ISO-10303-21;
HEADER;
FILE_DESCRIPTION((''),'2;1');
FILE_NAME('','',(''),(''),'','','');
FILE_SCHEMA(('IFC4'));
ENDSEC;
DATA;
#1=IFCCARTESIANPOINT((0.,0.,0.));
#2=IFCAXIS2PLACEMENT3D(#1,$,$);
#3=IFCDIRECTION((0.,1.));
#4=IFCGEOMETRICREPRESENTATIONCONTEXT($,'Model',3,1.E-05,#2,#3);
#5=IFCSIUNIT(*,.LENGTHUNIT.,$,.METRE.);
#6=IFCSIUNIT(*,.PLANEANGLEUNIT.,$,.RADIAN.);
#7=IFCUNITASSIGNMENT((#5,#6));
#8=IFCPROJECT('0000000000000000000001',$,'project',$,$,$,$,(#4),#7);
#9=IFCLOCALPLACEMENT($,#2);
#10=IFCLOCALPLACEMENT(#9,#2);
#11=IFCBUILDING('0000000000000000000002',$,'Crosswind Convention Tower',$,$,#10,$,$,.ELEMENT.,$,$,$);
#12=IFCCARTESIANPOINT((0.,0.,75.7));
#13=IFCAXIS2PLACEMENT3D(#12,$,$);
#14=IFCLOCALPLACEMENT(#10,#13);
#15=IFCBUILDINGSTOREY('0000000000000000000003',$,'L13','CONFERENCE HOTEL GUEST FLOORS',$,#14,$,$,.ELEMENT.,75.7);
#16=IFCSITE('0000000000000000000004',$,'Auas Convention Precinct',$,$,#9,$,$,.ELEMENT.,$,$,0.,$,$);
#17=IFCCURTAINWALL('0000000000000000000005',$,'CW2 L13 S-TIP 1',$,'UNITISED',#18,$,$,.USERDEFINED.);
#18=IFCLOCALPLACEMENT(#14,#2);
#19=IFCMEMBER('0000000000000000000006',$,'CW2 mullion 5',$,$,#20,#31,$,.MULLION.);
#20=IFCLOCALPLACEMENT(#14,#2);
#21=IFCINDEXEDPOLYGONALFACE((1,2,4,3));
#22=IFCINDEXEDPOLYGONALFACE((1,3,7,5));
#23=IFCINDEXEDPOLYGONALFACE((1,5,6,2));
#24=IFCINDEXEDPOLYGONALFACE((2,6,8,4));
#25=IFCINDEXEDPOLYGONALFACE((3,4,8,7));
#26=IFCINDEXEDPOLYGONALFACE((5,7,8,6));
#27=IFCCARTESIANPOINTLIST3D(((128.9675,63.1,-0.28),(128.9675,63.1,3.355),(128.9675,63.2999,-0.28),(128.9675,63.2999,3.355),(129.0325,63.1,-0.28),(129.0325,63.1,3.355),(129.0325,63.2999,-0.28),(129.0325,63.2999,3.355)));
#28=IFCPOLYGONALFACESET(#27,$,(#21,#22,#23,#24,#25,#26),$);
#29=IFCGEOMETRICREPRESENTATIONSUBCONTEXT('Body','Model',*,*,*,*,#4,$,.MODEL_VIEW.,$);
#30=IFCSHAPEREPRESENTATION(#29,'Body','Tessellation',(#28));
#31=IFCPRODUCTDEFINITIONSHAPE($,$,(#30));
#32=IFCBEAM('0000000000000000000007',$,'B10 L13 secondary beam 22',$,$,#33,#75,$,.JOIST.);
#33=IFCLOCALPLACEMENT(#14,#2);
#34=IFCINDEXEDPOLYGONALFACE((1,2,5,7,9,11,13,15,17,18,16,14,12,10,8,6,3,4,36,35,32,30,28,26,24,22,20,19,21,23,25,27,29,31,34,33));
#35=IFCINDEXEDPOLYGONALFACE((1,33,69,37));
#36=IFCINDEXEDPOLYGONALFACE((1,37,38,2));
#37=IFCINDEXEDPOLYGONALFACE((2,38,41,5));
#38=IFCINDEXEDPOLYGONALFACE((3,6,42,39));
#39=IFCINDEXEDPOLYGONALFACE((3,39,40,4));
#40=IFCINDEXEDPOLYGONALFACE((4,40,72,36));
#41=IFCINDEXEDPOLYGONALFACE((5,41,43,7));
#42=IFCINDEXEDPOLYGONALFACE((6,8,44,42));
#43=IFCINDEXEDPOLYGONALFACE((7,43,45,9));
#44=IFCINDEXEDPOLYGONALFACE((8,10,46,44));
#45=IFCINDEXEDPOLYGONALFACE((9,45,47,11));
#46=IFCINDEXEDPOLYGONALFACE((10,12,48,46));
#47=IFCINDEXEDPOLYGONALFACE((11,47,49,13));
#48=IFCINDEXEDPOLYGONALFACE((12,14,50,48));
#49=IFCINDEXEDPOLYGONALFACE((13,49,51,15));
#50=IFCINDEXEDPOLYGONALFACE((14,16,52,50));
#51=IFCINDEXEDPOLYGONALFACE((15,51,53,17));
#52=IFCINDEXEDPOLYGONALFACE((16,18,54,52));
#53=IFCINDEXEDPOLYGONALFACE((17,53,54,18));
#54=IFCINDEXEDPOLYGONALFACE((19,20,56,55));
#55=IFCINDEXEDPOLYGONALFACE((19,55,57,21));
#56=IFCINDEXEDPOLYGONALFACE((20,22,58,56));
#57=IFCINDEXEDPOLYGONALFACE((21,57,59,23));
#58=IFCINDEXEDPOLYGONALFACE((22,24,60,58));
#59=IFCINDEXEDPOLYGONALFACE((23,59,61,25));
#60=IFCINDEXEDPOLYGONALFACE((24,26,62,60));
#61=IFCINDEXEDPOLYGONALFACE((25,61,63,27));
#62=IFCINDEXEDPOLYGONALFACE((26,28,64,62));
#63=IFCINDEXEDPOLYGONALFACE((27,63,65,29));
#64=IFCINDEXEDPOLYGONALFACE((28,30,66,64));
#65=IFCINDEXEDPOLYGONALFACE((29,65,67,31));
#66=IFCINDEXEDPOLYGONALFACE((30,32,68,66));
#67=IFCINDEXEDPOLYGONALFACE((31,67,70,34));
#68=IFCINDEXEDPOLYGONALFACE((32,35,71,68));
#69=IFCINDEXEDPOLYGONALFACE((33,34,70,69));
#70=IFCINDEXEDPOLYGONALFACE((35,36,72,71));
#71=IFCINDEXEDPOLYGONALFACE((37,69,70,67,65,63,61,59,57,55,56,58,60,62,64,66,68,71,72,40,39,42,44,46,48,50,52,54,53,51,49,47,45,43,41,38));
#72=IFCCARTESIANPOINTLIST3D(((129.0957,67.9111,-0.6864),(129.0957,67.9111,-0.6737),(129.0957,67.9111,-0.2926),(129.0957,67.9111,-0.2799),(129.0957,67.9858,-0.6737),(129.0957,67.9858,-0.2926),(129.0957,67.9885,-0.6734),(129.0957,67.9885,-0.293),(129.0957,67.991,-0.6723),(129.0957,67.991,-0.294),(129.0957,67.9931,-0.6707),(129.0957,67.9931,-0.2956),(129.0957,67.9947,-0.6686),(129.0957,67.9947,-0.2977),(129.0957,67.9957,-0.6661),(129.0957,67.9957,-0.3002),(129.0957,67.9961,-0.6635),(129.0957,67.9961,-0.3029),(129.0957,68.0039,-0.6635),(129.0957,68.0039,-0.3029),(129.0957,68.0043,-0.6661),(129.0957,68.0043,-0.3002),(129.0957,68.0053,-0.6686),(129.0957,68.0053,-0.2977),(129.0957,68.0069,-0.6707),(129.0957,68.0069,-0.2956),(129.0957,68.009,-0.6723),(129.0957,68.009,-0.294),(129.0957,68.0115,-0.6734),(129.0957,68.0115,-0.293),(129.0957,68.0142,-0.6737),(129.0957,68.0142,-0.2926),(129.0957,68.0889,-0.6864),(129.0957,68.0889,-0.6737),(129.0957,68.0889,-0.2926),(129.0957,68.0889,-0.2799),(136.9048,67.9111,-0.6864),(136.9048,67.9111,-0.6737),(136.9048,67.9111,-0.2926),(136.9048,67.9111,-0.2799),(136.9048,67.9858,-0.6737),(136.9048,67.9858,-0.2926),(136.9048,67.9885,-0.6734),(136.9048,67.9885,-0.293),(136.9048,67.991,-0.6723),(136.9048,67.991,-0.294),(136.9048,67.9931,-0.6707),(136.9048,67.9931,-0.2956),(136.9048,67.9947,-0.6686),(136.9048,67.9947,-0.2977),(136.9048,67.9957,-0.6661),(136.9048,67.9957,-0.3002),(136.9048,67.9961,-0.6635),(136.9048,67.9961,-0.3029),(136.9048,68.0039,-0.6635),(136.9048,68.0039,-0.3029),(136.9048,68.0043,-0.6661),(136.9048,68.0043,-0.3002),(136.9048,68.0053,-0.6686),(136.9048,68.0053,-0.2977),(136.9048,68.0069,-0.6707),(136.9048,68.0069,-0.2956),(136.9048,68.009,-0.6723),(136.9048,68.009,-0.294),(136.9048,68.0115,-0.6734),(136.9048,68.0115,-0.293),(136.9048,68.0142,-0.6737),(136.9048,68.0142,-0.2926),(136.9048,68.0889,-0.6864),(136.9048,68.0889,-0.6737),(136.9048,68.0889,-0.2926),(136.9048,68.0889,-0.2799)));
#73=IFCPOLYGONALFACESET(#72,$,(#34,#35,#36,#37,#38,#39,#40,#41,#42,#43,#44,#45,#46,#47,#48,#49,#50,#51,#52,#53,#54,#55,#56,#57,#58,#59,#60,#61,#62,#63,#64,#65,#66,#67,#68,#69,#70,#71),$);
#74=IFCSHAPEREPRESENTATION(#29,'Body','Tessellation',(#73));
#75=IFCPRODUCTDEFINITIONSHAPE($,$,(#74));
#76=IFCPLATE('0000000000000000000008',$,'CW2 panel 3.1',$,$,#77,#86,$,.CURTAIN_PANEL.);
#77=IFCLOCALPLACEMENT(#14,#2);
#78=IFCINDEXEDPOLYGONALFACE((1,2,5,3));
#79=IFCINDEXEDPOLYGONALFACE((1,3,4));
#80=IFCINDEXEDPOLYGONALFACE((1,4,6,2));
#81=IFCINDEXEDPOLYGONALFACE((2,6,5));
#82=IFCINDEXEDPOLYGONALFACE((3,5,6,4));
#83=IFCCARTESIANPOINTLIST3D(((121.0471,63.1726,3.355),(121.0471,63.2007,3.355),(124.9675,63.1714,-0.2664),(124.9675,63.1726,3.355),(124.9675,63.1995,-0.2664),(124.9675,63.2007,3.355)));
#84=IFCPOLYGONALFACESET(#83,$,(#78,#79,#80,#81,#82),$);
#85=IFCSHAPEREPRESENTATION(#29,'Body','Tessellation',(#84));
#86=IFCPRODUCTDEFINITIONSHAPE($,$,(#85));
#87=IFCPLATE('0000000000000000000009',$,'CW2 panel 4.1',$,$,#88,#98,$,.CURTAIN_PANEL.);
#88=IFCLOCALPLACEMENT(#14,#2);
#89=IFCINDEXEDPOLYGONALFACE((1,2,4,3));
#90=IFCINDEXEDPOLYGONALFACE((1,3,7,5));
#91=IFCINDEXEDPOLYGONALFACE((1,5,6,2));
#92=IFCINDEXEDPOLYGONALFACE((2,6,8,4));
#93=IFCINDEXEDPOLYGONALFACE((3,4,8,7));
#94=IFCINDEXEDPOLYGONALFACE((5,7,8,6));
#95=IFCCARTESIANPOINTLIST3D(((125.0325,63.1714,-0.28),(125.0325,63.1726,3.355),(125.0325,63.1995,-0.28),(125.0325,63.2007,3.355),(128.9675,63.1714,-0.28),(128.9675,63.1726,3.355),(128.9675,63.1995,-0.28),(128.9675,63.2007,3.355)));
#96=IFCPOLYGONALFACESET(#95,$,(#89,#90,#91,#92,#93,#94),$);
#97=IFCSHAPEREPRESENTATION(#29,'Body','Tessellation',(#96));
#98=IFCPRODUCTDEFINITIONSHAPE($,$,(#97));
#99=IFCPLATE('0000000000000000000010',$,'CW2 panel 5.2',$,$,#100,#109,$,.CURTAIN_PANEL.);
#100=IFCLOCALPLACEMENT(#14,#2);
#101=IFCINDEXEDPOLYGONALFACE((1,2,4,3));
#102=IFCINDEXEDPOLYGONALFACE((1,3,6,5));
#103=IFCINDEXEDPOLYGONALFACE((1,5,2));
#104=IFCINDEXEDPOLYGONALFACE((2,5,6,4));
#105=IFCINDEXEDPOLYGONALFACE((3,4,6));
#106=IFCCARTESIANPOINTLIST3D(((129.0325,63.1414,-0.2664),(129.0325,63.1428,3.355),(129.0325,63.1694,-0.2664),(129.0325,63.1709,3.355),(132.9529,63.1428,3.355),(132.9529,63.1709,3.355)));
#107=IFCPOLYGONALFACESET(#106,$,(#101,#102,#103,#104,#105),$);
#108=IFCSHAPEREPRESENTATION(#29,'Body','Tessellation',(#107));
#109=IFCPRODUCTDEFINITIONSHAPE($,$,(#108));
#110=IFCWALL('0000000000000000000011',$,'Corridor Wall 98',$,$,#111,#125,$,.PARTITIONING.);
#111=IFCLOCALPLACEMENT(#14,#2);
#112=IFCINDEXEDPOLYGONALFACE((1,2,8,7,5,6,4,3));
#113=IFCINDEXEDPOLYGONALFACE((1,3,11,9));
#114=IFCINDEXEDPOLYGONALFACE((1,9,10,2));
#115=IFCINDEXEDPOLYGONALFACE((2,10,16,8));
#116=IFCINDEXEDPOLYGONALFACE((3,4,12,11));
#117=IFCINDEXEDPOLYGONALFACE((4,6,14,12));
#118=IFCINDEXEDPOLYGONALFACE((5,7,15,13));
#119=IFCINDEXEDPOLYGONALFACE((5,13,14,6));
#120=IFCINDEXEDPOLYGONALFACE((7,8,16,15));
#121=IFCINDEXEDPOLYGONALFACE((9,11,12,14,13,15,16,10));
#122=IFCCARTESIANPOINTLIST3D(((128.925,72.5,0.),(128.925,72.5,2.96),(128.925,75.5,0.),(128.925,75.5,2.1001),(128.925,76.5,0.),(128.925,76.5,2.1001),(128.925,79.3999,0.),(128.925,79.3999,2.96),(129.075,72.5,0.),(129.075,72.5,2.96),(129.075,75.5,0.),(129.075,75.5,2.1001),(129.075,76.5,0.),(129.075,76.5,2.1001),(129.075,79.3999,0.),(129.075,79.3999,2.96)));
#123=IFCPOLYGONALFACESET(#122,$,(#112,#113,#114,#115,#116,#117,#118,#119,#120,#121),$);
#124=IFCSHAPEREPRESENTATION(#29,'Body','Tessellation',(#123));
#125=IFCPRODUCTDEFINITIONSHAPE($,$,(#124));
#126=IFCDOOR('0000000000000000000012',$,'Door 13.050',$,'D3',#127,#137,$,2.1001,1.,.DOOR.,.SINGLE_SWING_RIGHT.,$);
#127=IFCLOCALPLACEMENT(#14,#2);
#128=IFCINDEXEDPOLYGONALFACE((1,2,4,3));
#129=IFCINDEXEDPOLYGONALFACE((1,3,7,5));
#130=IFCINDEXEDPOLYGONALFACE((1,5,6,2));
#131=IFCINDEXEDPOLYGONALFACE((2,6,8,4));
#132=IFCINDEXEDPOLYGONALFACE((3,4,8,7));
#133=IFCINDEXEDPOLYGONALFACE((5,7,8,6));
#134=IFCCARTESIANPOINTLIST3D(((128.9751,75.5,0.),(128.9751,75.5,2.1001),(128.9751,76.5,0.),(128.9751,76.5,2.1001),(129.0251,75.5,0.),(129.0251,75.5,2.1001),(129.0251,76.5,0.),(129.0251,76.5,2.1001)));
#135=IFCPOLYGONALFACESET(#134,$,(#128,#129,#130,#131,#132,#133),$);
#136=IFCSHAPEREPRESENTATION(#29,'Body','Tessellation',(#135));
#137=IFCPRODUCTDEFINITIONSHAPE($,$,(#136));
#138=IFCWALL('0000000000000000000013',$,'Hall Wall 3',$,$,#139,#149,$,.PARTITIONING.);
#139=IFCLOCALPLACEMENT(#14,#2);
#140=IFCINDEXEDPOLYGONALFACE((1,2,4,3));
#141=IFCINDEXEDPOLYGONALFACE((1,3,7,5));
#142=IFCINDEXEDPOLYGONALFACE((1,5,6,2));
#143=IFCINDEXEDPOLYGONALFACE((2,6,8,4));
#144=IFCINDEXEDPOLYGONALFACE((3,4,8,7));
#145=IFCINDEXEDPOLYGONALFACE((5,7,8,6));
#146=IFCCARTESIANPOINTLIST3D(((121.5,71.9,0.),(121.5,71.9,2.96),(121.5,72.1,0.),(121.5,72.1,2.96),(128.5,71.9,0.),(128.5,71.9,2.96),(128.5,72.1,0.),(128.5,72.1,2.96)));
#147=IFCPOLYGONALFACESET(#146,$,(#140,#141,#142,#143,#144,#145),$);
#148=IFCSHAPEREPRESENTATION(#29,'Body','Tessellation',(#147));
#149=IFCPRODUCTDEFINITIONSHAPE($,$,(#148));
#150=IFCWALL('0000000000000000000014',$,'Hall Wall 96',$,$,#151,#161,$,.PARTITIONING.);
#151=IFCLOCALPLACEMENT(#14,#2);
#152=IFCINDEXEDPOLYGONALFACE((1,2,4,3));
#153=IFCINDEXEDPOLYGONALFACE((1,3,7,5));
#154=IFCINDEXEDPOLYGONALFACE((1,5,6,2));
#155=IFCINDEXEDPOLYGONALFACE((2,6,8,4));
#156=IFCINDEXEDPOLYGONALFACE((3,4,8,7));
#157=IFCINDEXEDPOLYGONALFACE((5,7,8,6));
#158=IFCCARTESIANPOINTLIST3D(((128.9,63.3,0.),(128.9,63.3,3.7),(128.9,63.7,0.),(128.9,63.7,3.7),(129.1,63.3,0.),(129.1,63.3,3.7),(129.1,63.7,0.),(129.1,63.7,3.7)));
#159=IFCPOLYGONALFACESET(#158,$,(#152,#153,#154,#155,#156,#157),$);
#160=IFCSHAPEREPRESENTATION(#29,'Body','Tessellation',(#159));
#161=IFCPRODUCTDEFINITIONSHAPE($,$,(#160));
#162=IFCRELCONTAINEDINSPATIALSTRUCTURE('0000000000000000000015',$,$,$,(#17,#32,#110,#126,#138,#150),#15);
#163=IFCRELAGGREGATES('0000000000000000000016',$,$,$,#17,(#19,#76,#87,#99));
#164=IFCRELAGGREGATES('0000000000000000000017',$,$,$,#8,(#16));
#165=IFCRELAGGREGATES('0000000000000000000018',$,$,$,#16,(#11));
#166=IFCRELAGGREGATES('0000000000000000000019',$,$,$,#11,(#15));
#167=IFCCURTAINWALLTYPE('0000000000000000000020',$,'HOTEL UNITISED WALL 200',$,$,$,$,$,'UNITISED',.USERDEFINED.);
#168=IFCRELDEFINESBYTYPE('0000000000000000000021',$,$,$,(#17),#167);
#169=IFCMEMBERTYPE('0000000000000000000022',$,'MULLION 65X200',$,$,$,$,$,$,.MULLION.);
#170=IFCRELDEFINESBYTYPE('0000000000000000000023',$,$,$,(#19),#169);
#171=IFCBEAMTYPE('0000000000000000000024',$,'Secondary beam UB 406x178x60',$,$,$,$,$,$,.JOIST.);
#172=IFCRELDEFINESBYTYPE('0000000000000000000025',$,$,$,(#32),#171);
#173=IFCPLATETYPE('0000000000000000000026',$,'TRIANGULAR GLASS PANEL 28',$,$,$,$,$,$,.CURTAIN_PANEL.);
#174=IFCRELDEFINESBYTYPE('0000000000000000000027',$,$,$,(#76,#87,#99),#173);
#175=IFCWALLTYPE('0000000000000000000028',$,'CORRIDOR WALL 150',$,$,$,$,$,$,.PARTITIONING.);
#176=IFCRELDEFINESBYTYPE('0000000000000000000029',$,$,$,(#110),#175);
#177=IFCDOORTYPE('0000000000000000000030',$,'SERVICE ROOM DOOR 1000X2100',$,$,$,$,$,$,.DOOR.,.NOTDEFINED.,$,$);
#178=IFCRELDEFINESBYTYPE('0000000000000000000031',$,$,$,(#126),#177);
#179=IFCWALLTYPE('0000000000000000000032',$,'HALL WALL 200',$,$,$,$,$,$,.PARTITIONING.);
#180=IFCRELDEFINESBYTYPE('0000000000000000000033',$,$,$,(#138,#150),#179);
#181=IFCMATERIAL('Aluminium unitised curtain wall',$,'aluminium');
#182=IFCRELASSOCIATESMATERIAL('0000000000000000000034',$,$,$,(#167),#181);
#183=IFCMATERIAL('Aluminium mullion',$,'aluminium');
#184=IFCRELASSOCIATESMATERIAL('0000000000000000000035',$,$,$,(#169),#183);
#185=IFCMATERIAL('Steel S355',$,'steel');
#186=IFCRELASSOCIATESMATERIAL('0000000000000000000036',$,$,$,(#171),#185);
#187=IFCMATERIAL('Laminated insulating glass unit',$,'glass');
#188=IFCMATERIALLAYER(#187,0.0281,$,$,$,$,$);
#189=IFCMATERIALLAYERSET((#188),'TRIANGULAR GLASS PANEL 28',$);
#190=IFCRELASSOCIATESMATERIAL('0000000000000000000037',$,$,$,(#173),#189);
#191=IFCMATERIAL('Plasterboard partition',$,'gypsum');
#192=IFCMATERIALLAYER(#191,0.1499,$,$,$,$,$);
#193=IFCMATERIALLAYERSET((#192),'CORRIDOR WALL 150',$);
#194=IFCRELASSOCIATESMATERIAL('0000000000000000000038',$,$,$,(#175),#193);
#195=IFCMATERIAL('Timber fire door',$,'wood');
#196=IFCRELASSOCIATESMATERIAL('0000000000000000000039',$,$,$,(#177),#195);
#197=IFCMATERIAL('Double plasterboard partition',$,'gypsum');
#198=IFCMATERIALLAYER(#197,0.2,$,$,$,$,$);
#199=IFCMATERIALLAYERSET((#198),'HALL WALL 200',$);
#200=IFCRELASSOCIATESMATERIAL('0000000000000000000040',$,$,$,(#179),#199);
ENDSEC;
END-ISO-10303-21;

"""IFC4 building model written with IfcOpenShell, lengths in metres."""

from ifc_helpers import new_model, si_unit, direction, frame, frame_2d, origin, origin_2d, place, context, subcontext, project, spatial, polyline, rectangle, i_section, outline, extrude, material, layer, layer_set, material_profile, profile_set, type_object, element, fill, aggregate, save


model = new_model("IFC4")

# Units and contexts
model_context = context("Model", 3, precision=1e-05, world=origin(), true_north=direction((0.0, 1.0)))
body_context = subcontext(model_context, "Body", "Model", "MODEL_VIEW")
ifc_project = project(units=[si_unit("LENGTHUNIT", "METRE"), si_unit("PLANEANGLEUNIT", "RADIAN")], contexts=[model_context])

# Site, building, storey
site_placement = place(None, origin())
site = spatial("IfcSite", under=ifc_project, at=site_placement, Name="Auas Convention Precinct", CompositionType="ELEMENT", RefElevation=0.0)
building_placement = place(site_placement, origin())
building = spatial("IfcBuilding", under=site, at=building_placement, Name="Crosswind Convention Tower", CompositionType="ELEMENT")
storey_placement = place(building_placement, frame((0.0, 0.0, 75.7)))
storey = spatial("IfcBuildingStorey", under=building, at=storey_placement, Name="L13", Description="CONFERENCE HOTEL GUEST FLOORS", CompositionType="ELEMENT", Elevation=75.7)

# Shared definitions
ifc_material_1 = material(Name="Steel S355", Category="steel")

# Curtain wall, member
ifc_material_2 = material(Name="Aluminium unitised curtain wall", Category="aluminium")
curtain_wall_type = type_object("IfcCurtainWallType", Name="HOTEL UNITISED WALL 200", ElementType="UNITISED", PredefinedType="USERDEFINED", material=ifc_material_2)
curtain_wall_placement = place(storey_placement, origin())
curtain_wall = element("IfcCurtainWall", 1, at=curtain_wall_placement, inside=storey, type_object=curtain_wall_type, Name="CW2 L13 S-TIP 1", ObjectType="UNITISED", PredefinedType="USERDEFINED")
ifc_material_3 = material(Name="Aluminium mullion", Category="aluminium")
ifc_material_profile_1 = material_profile(ifc_material_3, rectangle(XDim=0.2, YDim=0.0649, at=origin_2d()), Name="AL 200X65")
ifc_profile_set_1 = profile_set([ifc_material_profile_1], Name="Aluminium mullion")
member_type = type_object("IfcMemberType", Name="MULLION 65X200", PredefinedType="MULLION", material=ifc_profile_set_1)
member_1_placement = place(storey_placement, frame((129.0, 63.2, -0.28), z_axis=(0.0, 0.0, 1.0), x_axis=(0.0, -1.0, 0.0)))
member_1 = element("IfcMember", 2, at=member_1_placement, type_object=member_type, Name="CW2 mullion 5", PredefinedType="MULLION", context=body_context, shape_type="SweptSolid", body=[
    extrude(rectangle(XDim=0.2, YDim=0.0649, at=origin_2d()), origin(), (0.0, 0.0, 1.0), 3.635),
])

# Beam
ifc_material_profile_2 = material_profile(ifc_material_1, i_section(OverallWidth=0.1777, OverallDepth=0.4065, WebThickness=0.0078, FlangeThickness=0.0127, FilletRadius=0.0103, at=origin_2d()), Name="UB 406x178x60")
ifc_profile_set_2 = profile_set([ifc_material_profile_2], Name="Steel S355")
beam_type_1 = type_object("IfcBeamType", Name="Secondary beam UB 406x178x60", PredefinedType="JOIST", material=ifc_profile_set_2)
beam_1_placement = place(storey_placement, frame((129.0957, 68.0, -0.4832), z_axis=(1.0, 0.0, 0.0), x_axis=(0.0, 1.0, 0.0)))
element("IfcBeam", 3, at=beam_1_placement, inside=storey, type_object=beam_type_1, Name="B10 L13 secondary beam 22", PredefinedType="JOIST", context=body_context, shape_type="SweptSolid", body=[
    extrude(i_section(OverallWidth=0.1777, OverallDepth=0.4065, WebThickness=0.0078, FlangeThickness=0.0127, FilletRadius=0.0103, at=origin_2d()), origin(), (0.0, 0.0, 1.0), 7.8091),
])

# Plates
ifc_material_4 = material(Name="Laminated insulating glass unit", Category="glass")
ifc_layer_1 = layer(ifc_material_4, 0.0281)
ifc_layer_set_1 = layer_set([ifc_layer_1], Name="TRIANGULAR GLASS PANEL 28")
plate_type = type_object("IfcPlateType", Name="TRIANGULAR GLASS PANEL 28", PredefinedType="CURTAIN_PANEL", material=ifc_layer_set_1)
plate_1_placement = place(storey_placement, frame((124.9675, 63.1726, 3.355), z_axis=(0.0, -1.0, 0.000337), x_axis=(-1.0, 0.0, 0.0)))
plate_1 = element("IfcPlate", 4, at=plate_1_placement, type_object=plate_type, Name="CW2 panel 3.1", PredefinedType="CURTAIN_PANEL", context=body_context, shape_type="SweptSolid", body=[
    extrude(outline(polyline([(0.0, 0.0), (3.9204, 0.0), (0.0, 3.6213), (0.0, 0.0)])), origin(), (0.0, 0.0, -1.0), 0.0281),
])
plate_2_placement = place(storey_placement, frame((125.0325, 63.1714, -0.28), z_axis=(0.0, -1.0, 0.000336), x_axis=(1.0, 0.0, 0.0)))
plate_2 = element("IfcPlate", 5, at=plate_2_placement, type_object=plate_type, Name="CW2 panel 4.1", PredefinedType="CURTAIN_PANEL", context=body_context, shape_type="SweptSolid", body=[
    extrude(outline(polyline([(0.0, 0.0), (3.9351, 0.0), (3.9351, 3.635), (0.0, 3.635), (0.0, 0.0)])), origin(), (0.0, 0.0, -1.0), 0.0281),
])
plate_3_placement = place(storey_placement, frame((129.0325, 63.1428, 3.355), z_axis=(0.0, -1.0, 0.000405), x_axis=(0.0, -0.000405, -1.0)))
plate_3 = element("IfcPlate", 6, at=plate_3_placement, type_object=plate_type, Name="CW2 panel 5.2", PredefinedType="CURTAIN_PANEL", context=body_context, shape_type="SweptSolid", body=[
    extrude(outline(polyline([(0.0, 0.0), (3.6213, 0.0), (0.0, 3.9204), (0.0, 0.0)])), origin(), (0.0, 0.0, -1.0), 0.0281),
])
aggregate(curtain_wall, [member_1, plate_1, plate_2, plate_3])

# Wall, opening, door
ifc_material_5 = material(Name="Plasterboard partition", Category="gypsum")
ifc_layer_2 = layer(ifc_material_5, 0.1499)
ifc_layer_set_2 = layer_set([ifc_layer_2], Name="CORRIDOR WALL 150")
wall_type_1 = type_object("IfcWallType", Name="CORRIDOR WALL 150", PredefinedType="PARTITIONING", material=ifc_layer_set_2)
wall_1_placement = place(storey_placement, frame((129.0, 72.5, 0.0), z_axis=(0.0, 0.0, 1.0), x_axis=(0.0, 1.0, 0.0)))
wall_1 = element("IfcWall", 7, at=wall_1_placement, inside=storey, type_object=wall_type_1, Name="Corridor Wall 98", PredefinedType="PARTITIONING", context=body_context, shape_type="SweptSolid", body=[
    extrude(rectangle(XDim=6.8999, YDim=0.1499, at=frame_2d((3.45, 0.0))), origin(), (0.0, 0.0, 1.0), 2.96),
])
opening_1_placement = place(wall_1_placement, frame((3.0, 0.0, 0.0)))
opening_1 = element("IfcOpeningElement", 8, at=opening_1_placement, cuts=wall_1, PredefinedType="OPENING", context=body_context, shape_type="SweptSolid", body=[
    extrude(rectangle(XDim=1.0, YDim=2.1001, at=frame_2d((0.5, 1.05))), frame((0.0, 0.085, 0.0), z_axis=(0.0, -1.0, 0.0), x_axis=(1.0, 0.0, 0.0)), (0.0, 0.0, 1.0), 0.1699),
])
ifc_material_6 = material(Name="Timber fire door", Category="wood")
door_type_1 = type_object("IfcDoorType", Name="SERVICE ROOM DOOR 1000X2100", OperationType="NOTDEFINED", PredefinedType="DOOR", material=ifc_material_6)
door_1_placement = place(opening_1_placement, origin())
door_1 = element("IfcDoor", 9, at=door_1_placement, inside=storey, type_object=door_type_1, Name="Door 13.050", ObjectType="D3", OperationType="SINGLE_SWING_RIGHT", OverallHeight=2.1001, OverallWidth=1.0, PredefinedType="DOOR", context=body_context, shape_type="SweptSolid", body=[
    extrude(rectangle(XDim=1.0, YDim=2.1001, at=frame_2d((0.5, 1.05))), frame((0.0, 0.0249, 0.0), z_axis=(0.0, -1.0, 0.0), x_axis=(1.0, 0.0, 0.0)), (0.0, 0.0, 1.0), 0.05),
])
fill(opening_1, door_1)

# Walls
ifc_material_7 = material(Name="Double plasterboard partition", Category="gypsum")
ifc_layer_3 = layer(ifc_material_7, 0.2)
ifc_layer_set_3 = layer_set([ifc_layer_3], Name="HALL WALL 200")
wall_type_2 = type_object("IfcWallType", Name="HALL WALL 200", PredefinedType="PARTITIONING", material=ifc_layer_set_3)
wall_2_placement = place(storey_placement, frame((121.5, 72.0, 0.0), z_axis=(0.0, 0.0, 1.0), x_axis=(1.0, 0.0, 0.0)))
element("IfcWall", 10, at=wall_2_placement, inside=storey, type_object=wall_type_2, Name="Hall Wall 3", PredefinedType="PARTITIONING", context=body_context, shape_type="SweptSolid", body=[
    extrude(rectangle(XDim=7.0, YDim=0.2, at=frame_2d((3.5, 0.0))), origin(), (0.0, 0.0, 1.0), 2.96),
])
wall_3_placement = place(storey_placement, frame((129.0, 63.3, 0.0), z_axis=(0.0, 0.0, 1.0), x_axis=(0.0, 1.0, 0.0)))
element("IfcWall", 11, at=wall_3_placement, inside=storey, type_object=wall_type_2, Name="Hall Wall 96", PredefinedType="PARTITIONING", context=body_context, shape_type="SweptSolid", body=[
    extrude(rectangle(XDim=0.3999, YDim=0.2, at=frame_2d((0.2, 0.0))), origin(), (0.0, 0.0, 1.0), 3.7),
])

save(model, "model.ifc")
